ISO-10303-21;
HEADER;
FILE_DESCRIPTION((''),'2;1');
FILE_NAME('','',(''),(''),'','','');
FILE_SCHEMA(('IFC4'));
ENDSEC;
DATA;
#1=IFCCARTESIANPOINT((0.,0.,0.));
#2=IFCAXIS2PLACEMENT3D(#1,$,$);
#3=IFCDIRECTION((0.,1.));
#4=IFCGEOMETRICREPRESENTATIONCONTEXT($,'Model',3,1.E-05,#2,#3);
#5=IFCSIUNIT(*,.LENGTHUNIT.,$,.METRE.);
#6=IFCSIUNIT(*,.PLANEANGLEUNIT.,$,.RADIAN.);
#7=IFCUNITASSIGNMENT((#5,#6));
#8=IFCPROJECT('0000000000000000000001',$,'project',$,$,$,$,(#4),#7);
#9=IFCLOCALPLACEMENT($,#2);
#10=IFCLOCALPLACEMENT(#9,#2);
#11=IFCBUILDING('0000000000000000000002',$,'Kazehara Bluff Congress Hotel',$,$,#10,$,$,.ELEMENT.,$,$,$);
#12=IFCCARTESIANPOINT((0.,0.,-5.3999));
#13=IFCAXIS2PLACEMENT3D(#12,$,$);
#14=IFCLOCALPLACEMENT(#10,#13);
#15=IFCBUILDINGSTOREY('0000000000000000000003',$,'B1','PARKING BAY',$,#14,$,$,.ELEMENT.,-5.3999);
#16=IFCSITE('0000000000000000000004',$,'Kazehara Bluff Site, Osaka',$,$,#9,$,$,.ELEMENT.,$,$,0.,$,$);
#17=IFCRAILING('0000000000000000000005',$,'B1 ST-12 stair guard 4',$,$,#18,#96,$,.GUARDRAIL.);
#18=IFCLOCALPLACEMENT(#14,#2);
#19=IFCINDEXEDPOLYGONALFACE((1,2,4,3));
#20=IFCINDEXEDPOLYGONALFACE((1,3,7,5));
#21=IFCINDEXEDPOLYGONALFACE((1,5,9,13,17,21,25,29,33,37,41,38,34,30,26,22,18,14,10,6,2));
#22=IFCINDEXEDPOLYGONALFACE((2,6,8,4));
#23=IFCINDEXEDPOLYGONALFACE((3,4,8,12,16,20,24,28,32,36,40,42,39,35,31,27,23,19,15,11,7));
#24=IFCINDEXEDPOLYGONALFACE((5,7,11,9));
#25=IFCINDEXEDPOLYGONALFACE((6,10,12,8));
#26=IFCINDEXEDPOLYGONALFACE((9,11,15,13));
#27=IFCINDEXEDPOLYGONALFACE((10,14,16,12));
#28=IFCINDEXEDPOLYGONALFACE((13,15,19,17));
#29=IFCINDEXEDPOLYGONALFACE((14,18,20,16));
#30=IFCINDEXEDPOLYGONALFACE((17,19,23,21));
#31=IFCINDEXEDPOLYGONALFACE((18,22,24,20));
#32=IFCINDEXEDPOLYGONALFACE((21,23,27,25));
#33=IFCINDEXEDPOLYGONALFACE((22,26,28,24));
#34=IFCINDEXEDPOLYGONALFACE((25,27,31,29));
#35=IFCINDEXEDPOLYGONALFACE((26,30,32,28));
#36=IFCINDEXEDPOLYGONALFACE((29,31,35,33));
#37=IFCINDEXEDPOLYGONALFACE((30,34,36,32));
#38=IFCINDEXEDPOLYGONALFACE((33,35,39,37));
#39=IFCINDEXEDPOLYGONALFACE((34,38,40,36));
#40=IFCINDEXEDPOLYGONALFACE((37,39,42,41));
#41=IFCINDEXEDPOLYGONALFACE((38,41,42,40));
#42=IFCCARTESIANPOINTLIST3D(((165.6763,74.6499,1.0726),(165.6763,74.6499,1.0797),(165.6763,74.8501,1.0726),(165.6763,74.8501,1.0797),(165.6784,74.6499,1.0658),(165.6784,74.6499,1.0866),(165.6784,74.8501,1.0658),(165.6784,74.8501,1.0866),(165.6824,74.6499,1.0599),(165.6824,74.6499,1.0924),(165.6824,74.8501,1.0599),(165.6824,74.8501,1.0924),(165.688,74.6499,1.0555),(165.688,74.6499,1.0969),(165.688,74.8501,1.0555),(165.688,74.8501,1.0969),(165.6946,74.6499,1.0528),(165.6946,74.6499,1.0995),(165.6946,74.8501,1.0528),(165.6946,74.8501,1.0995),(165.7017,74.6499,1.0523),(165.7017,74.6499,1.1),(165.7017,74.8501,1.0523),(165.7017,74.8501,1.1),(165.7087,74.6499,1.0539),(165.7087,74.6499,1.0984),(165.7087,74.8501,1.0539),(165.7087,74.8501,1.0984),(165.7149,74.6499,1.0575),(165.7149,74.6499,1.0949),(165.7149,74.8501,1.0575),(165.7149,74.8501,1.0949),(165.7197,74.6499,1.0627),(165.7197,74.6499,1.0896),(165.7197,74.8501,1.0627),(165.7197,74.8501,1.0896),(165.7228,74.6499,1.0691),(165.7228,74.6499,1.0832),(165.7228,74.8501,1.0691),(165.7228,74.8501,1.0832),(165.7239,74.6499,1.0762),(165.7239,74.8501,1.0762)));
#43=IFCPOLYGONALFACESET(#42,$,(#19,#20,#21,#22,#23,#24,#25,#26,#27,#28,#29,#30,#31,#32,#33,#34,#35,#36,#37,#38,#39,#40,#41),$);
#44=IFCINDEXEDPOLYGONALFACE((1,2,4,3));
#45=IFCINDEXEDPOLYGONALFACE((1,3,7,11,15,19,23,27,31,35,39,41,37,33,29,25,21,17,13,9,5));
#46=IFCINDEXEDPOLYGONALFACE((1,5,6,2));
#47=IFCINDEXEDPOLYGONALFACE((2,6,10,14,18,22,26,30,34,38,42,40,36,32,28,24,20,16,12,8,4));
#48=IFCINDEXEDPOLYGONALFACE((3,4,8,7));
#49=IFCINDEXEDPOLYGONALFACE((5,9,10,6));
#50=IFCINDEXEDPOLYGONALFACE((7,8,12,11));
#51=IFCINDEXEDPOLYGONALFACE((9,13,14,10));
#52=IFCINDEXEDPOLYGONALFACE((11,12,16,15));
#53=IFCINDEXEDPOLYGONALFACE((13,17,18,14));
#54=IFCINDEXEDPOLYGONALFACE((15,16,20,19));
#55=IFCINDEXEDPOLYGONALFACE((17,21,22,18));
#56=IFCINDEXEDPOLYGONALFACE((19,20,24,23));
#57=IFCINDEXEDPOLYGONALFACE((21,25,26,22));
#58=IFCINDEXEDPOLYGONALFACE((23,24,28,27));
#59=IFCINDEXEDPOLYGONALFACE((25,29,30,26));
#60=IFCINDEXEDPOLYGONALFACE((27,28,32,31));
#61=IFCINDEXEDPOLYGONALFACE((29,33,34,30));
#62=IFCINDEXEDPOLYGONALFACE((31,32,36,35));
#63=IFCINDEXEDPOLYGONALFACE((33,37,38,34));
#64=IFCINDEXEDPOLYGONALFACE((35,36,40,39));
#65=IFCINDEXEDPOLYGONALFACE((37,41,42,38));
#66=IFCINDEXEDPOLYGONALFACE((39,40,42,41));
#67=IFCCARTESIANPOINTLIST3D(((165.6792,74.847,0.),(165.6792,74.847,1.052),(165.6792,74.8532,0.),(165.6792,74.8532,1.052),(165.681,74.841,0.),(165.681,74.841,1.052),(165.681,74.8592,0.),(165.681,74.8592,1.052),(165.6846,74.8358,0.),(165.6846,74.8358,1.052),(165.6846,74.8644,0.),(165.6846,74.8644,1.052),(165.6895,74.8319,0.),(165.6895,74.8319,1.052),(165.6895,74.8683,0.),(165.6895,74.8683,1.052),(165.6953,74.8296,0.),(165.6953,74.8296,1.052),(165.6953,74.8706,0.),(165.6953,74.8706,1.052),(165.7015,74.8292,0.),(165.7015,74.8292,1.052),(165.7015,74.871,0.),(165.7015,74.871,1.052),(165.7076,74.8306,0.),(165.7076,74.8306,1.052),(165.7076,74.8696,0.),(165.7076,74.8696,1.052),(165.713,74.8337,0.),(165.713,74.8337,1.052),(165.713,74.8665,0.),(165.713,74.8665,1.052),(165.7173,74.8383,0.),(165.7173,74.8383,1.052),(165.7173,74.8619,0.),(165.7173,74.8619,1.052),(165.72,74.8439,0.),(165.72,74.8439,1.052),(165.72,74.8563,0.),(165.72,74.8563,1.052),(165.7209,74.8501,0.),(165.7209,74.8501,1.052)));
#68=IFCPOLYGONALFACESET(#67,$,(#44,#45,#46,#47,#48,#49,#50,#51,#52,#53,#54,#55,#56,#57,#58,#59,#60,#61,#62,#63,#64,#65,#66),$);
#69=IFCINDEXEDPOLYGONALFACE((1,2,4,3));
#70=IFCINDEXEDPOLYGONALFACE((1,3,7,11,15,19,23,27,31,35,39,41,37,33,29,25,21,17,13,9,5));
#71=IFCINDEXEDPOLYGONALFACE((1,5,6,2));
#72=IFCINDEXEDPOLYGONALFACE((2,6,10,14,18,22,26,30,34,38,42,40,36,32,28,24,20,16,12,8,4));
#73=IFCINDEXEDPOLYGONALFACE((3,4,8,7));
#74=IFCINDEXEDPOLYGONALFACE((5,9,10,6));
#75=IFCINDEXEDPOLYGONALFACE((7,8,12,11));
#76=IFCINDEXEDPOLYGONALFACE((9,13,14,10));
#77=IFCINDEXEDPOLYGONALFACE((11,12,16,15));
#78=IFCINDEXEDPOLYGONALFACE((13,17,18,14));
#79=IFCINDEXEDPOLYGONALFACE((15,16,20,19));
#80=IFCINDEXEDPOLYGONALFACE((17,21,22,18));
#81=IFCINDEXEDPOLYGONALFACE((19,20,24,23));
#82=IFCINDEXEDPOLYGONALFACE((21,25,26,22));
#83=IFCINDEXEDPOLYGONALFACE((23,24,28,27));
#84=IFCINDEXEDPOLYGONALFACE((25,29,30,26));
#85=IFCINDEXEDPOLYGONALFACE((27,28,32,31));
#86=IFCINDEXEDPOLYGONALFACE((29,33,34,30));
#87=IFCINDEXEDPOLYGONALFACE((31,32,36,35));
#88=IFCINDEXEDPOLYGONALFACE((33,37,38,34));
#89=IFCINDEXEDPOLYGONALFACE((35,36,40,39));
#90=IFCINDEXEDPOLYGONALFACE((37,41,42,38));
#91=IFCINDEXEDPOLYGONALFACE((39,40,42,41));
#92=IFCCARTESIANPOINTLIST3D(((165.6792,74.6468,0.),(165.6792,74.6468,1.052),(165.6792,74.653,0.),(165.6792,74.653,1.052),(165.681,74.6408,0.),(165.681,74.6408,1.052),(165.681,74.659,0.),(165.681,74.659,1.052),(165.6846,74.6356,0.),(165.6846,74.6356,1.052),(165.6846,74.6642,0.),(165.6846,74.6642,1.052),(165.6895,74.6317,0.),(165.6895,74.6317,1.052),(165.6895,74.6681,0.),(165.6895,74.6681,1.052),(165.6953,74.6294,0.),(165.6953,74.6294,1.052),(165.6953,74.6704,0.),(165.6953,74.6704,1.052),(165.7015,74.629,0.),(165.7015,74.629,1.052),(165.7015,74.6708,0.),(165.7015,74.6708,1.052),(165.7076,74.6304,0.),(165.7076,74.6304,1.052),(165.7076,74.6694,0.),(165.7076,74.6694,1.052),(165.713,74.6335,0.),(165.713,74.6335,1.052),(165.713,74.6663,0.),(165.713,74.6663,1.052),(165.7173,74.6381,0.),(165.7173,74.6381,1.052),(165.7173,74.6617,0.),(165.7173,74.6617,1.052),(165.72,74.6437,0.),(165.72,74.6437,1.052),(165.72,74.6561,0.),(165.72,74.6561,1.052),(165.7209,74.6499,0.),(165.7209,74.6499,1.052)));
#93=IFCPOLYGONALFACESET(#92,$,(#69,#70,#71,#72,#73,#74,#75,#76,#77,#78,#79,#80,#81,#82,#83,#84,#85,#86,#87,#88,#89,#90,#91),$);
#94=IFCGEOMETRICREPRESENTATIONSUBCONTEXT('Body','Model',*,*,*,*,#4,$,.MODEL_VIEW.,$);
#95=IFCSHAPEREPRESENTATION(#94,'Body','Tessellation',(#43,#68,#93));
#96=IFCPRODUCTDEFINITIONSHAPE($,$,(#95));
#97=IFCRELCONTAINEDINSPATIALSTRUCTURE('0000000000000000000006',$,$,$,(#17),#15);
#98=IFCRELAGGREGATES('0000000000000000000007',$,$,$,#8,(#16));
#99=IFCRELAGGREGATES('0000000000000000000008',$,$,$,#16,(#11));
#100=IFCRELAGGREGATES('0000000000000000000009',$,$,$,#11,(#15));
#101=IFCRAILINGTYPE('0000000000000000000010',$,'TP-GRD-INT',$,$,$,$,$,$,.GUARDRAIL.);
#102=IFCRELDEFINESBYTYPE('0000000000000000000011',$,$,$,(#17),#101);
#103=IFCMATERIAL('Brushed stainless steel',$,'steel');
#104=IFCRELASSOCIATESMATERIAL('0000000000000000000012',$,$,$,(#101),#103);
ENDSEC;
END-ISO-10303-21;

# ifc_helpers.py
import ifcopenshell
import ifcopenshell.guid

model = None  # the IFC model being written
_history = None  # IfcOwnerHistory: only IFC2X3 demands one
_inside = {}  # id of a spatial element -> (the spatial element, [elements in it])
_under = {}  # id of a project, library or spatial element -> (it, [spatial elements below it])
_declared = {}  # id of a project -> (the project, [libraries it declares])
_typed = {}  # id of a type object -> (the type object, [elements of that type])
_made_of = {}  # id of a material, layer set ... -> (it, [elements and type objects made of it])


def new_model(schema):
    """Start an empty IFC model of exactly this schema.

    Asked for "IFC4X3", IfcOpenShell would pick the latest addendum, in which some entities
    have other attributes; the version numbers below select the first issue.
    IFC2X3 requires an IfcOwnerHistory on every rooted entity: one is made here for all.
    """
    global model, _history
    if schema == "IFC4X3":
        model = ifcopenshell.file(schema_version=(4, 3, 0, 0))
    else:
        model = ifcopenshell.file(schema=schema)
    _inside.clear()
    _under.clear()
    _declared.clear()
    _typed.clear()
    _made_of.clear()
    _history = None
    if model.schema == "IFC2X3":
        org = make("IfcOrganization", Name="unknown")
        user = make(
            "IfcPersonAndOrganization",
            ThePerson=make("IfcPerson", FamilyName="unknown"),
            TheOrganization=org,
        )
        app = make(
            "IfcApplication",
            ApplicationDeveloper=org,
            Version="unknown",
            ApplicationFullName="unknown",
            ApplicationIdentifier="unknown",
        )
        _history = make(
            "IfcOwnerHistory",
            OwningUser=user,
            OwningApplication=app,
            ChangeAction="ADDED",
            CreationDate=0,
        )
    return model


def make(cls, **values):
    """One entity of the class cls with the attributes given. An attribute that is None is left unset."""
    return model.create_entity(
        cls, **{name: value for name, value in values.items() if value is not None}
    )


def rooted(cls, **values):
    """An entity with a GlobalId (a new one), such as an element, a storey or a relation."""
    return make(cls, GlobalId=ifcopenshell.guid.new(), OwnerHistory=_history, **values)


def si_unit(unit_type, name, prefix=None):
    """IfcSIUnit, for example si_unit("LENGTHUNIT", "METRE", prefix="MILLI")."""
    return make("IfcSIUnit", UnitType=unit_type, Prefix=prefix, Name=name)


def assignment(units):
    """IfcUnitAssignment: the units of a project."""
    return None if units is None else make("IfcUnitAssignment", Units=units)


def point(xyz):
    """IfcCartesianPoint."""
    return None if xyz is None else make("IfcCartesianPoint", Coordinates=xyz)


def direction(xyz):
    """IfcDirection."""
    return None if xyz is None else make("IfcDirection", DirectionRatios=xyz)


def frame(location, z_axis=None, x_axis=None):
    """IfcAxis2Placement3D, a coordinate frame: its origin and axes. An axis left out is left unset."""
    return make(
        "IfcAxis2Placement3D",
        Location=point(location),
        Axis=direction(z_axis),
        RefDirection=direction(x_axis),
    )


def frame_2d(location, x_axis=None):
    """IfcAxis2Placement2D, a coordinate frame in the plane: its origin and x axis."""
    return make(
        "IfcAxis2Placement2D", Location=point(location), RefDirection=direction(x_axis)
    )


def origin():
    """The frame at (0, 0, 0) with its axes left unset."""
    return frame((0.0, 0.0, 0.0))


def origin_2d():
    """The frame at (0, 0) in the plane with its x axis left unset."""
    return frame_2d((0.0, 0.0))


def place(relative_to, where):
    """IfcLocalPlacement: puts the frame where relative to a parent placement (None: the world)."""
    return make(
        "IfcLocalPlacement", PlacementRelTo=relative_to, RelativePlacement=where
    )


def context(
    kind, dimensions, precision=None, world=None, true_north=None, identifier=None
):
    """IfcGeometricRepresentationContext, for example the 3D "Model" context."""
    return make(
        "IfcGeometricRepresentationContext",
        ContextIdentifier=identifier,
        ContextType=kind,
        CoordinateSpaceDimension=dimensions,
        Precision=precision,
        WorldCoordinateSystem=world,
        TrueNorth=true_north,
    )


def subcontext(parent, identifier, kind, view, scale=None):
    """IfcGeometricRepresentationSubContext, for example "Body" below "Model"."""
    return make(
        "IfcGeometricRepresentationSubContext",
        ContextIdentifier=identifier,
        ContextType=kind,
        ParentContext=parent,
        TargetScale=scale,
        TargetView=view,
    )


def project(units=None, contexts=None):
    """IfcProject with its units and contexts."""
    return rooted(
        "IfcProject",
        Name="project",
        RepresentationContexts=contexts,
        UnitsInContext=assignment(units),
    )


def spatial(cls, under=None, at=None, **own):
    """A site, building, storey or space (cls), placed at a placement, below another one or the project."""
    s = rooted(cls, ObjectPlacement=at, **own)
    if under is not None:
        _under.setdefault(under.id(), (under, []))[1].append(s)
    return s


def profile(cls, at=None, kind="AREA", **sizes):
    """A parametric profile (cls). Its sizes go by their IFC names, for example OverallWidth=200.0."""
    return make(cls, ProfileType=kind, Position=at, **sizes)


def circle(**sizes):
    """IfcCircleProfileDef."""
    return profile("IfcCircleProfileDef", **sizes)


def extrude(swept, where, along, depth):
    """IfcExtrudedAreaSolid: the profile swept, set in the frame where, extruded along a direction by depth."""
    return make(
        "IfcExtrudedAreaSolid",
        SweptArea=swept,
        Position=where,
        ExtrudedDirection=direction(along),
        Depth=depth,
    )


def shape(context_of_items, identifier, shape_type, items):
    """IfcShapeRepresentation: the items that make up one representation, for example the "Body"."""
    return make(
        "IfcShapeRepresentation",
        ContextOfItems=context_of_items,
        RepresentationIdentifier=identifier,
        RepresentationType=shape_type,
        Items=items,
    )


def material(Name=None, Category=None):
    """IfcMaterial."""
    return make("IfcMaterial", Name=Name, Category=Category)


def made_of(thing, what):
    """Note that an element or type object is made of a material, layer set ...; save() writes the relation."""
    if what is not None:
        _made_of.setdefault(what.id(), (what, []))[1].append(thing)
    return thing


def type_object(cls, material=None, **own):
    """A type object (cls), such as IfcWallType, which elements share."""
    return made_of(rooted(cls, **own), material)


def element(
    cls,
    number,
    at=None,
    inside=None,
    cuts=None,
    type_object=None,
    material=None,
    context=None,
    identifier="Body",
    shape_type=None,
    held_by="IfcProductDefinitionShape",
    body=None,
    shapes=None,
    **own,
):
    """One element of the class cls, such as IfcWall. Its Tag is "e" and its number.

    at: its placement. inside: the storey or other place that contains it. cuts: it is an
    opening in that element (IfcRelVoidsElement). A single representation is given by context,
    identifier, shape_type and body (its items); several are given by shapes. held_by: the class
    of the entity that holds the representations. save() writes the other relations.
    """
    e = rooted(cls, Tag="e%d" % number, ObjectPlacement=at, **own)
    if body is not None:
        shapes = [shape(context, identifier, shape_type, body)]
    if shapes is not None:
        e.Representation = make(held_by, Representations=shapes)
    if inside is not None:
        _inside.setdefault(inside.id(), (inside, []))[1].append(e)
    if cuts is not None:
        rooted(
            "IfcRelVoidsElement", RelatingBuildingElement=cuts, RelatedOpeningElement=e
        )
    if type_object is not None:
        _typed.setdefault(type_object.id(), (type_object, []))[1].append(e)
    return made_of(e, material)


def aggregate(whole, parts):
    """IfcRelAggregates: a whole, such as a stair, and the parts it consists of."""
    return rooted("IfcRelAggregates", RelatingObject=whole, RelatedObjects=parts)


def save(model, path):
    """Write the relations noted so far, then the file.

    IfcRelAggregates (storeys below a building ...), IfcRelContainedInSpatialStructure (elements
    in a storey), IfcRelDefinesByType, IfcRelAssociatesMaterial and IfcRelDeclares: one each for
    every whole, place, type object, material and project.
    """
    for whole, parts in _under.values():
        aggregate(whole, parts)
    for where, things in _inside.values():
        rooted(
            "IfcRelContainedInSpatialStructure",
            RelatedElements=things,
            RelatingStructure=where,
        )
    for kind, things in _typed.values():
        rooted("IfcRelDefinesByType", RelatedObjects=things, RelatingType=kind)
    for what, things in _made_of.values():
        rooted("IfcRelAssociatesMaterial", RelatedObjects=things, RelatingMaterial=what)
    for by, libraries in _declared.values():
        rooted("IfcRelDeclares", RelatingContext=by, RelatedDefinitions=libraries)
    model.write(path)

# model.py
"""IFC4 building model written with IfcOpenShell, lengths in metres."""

from ifc_helpers import new_model, si_unit, direction, frame, origin, origin_2d, place, context, subcontext, project, spatial, circle, extrude, material, type_object, element, save


model = new_model("IFC4")

# Units and contexts
model_context = context("Model", 3, precision=1e-05, world=origin(), true_north=direction((0.0, 1.0)))
body_context = subcontext(model_context, "Body", "Model", "MODEL_VIEW")
ifc_project = project(units=[si_unit("LENGTHUNIT", "METRE"), si_unit("PLANEANGLEUNIT", "RADIAN")], contexts=[model_context])

# Site, building, storey
site_placement = place(None, origin())
site = spatial("IfcSite", under=ifc_project, at=site_placement, Name="Kazehara Bluff Site, Osaka", CompositionType="ELEMENT", RefElevation=0.0)
building_placement = place(site_placement, origin())
building = spatial("IfcBuilding", under=site, at=building_placement, Name="Kazehara Bluff Congress Hotel", CompositionType="ELEMENT")
storey_placement = place(building_placement, frame((0.0, 0.0, -5.3999)))
storey = spatial("IfcBuildingStorey", under=building, at=storey_placement, Name="B1", Description="PARKING BAY", CompositionType="ELEMENT", Elevation=-5.3999)

# Railing
ifc_material_1 = material(Name="Brushed stainless steel", Category="steel")
railing_type_1 = type_object("IfcRailingType", Name="TP-GRD-INT", PredefinedType="GUARDRAIL", material=ifc_material_1)
railing_1_placement = place(storey_placement, frame((165.7, 74.8501, 0.0)))
element("IfcRailing", 1, at=railing_1_placement, inside=storey, type_object=railing_type_1, Name="B1 ST-12 stair guard 4", PredefinedType="GUARDRAIL", context=body_context, shape_type="SweptSolid", body=[
    extrude(circle(Radius=0.0239, at=origin_2d()), frame((0.0, 0.0, 1.0762), z_axis=(0.0, -1.0, 0.0), x_axis=(1.0, 0.0, 0.0)), (0.0, 0.0, 1.0), 0.2002),
    extrude(circle(Radius=0.021, at=origin_2d()), origin(), (0.0, 0.0, 1.0), 1.052),
    extrude(circle(Radius=0.021, at=origin_2d()), frame((0.0, -0.2002, 0.0)), (0.0, 0.0, 1.0), 1.052),
])

save(model, "model.ifc")
